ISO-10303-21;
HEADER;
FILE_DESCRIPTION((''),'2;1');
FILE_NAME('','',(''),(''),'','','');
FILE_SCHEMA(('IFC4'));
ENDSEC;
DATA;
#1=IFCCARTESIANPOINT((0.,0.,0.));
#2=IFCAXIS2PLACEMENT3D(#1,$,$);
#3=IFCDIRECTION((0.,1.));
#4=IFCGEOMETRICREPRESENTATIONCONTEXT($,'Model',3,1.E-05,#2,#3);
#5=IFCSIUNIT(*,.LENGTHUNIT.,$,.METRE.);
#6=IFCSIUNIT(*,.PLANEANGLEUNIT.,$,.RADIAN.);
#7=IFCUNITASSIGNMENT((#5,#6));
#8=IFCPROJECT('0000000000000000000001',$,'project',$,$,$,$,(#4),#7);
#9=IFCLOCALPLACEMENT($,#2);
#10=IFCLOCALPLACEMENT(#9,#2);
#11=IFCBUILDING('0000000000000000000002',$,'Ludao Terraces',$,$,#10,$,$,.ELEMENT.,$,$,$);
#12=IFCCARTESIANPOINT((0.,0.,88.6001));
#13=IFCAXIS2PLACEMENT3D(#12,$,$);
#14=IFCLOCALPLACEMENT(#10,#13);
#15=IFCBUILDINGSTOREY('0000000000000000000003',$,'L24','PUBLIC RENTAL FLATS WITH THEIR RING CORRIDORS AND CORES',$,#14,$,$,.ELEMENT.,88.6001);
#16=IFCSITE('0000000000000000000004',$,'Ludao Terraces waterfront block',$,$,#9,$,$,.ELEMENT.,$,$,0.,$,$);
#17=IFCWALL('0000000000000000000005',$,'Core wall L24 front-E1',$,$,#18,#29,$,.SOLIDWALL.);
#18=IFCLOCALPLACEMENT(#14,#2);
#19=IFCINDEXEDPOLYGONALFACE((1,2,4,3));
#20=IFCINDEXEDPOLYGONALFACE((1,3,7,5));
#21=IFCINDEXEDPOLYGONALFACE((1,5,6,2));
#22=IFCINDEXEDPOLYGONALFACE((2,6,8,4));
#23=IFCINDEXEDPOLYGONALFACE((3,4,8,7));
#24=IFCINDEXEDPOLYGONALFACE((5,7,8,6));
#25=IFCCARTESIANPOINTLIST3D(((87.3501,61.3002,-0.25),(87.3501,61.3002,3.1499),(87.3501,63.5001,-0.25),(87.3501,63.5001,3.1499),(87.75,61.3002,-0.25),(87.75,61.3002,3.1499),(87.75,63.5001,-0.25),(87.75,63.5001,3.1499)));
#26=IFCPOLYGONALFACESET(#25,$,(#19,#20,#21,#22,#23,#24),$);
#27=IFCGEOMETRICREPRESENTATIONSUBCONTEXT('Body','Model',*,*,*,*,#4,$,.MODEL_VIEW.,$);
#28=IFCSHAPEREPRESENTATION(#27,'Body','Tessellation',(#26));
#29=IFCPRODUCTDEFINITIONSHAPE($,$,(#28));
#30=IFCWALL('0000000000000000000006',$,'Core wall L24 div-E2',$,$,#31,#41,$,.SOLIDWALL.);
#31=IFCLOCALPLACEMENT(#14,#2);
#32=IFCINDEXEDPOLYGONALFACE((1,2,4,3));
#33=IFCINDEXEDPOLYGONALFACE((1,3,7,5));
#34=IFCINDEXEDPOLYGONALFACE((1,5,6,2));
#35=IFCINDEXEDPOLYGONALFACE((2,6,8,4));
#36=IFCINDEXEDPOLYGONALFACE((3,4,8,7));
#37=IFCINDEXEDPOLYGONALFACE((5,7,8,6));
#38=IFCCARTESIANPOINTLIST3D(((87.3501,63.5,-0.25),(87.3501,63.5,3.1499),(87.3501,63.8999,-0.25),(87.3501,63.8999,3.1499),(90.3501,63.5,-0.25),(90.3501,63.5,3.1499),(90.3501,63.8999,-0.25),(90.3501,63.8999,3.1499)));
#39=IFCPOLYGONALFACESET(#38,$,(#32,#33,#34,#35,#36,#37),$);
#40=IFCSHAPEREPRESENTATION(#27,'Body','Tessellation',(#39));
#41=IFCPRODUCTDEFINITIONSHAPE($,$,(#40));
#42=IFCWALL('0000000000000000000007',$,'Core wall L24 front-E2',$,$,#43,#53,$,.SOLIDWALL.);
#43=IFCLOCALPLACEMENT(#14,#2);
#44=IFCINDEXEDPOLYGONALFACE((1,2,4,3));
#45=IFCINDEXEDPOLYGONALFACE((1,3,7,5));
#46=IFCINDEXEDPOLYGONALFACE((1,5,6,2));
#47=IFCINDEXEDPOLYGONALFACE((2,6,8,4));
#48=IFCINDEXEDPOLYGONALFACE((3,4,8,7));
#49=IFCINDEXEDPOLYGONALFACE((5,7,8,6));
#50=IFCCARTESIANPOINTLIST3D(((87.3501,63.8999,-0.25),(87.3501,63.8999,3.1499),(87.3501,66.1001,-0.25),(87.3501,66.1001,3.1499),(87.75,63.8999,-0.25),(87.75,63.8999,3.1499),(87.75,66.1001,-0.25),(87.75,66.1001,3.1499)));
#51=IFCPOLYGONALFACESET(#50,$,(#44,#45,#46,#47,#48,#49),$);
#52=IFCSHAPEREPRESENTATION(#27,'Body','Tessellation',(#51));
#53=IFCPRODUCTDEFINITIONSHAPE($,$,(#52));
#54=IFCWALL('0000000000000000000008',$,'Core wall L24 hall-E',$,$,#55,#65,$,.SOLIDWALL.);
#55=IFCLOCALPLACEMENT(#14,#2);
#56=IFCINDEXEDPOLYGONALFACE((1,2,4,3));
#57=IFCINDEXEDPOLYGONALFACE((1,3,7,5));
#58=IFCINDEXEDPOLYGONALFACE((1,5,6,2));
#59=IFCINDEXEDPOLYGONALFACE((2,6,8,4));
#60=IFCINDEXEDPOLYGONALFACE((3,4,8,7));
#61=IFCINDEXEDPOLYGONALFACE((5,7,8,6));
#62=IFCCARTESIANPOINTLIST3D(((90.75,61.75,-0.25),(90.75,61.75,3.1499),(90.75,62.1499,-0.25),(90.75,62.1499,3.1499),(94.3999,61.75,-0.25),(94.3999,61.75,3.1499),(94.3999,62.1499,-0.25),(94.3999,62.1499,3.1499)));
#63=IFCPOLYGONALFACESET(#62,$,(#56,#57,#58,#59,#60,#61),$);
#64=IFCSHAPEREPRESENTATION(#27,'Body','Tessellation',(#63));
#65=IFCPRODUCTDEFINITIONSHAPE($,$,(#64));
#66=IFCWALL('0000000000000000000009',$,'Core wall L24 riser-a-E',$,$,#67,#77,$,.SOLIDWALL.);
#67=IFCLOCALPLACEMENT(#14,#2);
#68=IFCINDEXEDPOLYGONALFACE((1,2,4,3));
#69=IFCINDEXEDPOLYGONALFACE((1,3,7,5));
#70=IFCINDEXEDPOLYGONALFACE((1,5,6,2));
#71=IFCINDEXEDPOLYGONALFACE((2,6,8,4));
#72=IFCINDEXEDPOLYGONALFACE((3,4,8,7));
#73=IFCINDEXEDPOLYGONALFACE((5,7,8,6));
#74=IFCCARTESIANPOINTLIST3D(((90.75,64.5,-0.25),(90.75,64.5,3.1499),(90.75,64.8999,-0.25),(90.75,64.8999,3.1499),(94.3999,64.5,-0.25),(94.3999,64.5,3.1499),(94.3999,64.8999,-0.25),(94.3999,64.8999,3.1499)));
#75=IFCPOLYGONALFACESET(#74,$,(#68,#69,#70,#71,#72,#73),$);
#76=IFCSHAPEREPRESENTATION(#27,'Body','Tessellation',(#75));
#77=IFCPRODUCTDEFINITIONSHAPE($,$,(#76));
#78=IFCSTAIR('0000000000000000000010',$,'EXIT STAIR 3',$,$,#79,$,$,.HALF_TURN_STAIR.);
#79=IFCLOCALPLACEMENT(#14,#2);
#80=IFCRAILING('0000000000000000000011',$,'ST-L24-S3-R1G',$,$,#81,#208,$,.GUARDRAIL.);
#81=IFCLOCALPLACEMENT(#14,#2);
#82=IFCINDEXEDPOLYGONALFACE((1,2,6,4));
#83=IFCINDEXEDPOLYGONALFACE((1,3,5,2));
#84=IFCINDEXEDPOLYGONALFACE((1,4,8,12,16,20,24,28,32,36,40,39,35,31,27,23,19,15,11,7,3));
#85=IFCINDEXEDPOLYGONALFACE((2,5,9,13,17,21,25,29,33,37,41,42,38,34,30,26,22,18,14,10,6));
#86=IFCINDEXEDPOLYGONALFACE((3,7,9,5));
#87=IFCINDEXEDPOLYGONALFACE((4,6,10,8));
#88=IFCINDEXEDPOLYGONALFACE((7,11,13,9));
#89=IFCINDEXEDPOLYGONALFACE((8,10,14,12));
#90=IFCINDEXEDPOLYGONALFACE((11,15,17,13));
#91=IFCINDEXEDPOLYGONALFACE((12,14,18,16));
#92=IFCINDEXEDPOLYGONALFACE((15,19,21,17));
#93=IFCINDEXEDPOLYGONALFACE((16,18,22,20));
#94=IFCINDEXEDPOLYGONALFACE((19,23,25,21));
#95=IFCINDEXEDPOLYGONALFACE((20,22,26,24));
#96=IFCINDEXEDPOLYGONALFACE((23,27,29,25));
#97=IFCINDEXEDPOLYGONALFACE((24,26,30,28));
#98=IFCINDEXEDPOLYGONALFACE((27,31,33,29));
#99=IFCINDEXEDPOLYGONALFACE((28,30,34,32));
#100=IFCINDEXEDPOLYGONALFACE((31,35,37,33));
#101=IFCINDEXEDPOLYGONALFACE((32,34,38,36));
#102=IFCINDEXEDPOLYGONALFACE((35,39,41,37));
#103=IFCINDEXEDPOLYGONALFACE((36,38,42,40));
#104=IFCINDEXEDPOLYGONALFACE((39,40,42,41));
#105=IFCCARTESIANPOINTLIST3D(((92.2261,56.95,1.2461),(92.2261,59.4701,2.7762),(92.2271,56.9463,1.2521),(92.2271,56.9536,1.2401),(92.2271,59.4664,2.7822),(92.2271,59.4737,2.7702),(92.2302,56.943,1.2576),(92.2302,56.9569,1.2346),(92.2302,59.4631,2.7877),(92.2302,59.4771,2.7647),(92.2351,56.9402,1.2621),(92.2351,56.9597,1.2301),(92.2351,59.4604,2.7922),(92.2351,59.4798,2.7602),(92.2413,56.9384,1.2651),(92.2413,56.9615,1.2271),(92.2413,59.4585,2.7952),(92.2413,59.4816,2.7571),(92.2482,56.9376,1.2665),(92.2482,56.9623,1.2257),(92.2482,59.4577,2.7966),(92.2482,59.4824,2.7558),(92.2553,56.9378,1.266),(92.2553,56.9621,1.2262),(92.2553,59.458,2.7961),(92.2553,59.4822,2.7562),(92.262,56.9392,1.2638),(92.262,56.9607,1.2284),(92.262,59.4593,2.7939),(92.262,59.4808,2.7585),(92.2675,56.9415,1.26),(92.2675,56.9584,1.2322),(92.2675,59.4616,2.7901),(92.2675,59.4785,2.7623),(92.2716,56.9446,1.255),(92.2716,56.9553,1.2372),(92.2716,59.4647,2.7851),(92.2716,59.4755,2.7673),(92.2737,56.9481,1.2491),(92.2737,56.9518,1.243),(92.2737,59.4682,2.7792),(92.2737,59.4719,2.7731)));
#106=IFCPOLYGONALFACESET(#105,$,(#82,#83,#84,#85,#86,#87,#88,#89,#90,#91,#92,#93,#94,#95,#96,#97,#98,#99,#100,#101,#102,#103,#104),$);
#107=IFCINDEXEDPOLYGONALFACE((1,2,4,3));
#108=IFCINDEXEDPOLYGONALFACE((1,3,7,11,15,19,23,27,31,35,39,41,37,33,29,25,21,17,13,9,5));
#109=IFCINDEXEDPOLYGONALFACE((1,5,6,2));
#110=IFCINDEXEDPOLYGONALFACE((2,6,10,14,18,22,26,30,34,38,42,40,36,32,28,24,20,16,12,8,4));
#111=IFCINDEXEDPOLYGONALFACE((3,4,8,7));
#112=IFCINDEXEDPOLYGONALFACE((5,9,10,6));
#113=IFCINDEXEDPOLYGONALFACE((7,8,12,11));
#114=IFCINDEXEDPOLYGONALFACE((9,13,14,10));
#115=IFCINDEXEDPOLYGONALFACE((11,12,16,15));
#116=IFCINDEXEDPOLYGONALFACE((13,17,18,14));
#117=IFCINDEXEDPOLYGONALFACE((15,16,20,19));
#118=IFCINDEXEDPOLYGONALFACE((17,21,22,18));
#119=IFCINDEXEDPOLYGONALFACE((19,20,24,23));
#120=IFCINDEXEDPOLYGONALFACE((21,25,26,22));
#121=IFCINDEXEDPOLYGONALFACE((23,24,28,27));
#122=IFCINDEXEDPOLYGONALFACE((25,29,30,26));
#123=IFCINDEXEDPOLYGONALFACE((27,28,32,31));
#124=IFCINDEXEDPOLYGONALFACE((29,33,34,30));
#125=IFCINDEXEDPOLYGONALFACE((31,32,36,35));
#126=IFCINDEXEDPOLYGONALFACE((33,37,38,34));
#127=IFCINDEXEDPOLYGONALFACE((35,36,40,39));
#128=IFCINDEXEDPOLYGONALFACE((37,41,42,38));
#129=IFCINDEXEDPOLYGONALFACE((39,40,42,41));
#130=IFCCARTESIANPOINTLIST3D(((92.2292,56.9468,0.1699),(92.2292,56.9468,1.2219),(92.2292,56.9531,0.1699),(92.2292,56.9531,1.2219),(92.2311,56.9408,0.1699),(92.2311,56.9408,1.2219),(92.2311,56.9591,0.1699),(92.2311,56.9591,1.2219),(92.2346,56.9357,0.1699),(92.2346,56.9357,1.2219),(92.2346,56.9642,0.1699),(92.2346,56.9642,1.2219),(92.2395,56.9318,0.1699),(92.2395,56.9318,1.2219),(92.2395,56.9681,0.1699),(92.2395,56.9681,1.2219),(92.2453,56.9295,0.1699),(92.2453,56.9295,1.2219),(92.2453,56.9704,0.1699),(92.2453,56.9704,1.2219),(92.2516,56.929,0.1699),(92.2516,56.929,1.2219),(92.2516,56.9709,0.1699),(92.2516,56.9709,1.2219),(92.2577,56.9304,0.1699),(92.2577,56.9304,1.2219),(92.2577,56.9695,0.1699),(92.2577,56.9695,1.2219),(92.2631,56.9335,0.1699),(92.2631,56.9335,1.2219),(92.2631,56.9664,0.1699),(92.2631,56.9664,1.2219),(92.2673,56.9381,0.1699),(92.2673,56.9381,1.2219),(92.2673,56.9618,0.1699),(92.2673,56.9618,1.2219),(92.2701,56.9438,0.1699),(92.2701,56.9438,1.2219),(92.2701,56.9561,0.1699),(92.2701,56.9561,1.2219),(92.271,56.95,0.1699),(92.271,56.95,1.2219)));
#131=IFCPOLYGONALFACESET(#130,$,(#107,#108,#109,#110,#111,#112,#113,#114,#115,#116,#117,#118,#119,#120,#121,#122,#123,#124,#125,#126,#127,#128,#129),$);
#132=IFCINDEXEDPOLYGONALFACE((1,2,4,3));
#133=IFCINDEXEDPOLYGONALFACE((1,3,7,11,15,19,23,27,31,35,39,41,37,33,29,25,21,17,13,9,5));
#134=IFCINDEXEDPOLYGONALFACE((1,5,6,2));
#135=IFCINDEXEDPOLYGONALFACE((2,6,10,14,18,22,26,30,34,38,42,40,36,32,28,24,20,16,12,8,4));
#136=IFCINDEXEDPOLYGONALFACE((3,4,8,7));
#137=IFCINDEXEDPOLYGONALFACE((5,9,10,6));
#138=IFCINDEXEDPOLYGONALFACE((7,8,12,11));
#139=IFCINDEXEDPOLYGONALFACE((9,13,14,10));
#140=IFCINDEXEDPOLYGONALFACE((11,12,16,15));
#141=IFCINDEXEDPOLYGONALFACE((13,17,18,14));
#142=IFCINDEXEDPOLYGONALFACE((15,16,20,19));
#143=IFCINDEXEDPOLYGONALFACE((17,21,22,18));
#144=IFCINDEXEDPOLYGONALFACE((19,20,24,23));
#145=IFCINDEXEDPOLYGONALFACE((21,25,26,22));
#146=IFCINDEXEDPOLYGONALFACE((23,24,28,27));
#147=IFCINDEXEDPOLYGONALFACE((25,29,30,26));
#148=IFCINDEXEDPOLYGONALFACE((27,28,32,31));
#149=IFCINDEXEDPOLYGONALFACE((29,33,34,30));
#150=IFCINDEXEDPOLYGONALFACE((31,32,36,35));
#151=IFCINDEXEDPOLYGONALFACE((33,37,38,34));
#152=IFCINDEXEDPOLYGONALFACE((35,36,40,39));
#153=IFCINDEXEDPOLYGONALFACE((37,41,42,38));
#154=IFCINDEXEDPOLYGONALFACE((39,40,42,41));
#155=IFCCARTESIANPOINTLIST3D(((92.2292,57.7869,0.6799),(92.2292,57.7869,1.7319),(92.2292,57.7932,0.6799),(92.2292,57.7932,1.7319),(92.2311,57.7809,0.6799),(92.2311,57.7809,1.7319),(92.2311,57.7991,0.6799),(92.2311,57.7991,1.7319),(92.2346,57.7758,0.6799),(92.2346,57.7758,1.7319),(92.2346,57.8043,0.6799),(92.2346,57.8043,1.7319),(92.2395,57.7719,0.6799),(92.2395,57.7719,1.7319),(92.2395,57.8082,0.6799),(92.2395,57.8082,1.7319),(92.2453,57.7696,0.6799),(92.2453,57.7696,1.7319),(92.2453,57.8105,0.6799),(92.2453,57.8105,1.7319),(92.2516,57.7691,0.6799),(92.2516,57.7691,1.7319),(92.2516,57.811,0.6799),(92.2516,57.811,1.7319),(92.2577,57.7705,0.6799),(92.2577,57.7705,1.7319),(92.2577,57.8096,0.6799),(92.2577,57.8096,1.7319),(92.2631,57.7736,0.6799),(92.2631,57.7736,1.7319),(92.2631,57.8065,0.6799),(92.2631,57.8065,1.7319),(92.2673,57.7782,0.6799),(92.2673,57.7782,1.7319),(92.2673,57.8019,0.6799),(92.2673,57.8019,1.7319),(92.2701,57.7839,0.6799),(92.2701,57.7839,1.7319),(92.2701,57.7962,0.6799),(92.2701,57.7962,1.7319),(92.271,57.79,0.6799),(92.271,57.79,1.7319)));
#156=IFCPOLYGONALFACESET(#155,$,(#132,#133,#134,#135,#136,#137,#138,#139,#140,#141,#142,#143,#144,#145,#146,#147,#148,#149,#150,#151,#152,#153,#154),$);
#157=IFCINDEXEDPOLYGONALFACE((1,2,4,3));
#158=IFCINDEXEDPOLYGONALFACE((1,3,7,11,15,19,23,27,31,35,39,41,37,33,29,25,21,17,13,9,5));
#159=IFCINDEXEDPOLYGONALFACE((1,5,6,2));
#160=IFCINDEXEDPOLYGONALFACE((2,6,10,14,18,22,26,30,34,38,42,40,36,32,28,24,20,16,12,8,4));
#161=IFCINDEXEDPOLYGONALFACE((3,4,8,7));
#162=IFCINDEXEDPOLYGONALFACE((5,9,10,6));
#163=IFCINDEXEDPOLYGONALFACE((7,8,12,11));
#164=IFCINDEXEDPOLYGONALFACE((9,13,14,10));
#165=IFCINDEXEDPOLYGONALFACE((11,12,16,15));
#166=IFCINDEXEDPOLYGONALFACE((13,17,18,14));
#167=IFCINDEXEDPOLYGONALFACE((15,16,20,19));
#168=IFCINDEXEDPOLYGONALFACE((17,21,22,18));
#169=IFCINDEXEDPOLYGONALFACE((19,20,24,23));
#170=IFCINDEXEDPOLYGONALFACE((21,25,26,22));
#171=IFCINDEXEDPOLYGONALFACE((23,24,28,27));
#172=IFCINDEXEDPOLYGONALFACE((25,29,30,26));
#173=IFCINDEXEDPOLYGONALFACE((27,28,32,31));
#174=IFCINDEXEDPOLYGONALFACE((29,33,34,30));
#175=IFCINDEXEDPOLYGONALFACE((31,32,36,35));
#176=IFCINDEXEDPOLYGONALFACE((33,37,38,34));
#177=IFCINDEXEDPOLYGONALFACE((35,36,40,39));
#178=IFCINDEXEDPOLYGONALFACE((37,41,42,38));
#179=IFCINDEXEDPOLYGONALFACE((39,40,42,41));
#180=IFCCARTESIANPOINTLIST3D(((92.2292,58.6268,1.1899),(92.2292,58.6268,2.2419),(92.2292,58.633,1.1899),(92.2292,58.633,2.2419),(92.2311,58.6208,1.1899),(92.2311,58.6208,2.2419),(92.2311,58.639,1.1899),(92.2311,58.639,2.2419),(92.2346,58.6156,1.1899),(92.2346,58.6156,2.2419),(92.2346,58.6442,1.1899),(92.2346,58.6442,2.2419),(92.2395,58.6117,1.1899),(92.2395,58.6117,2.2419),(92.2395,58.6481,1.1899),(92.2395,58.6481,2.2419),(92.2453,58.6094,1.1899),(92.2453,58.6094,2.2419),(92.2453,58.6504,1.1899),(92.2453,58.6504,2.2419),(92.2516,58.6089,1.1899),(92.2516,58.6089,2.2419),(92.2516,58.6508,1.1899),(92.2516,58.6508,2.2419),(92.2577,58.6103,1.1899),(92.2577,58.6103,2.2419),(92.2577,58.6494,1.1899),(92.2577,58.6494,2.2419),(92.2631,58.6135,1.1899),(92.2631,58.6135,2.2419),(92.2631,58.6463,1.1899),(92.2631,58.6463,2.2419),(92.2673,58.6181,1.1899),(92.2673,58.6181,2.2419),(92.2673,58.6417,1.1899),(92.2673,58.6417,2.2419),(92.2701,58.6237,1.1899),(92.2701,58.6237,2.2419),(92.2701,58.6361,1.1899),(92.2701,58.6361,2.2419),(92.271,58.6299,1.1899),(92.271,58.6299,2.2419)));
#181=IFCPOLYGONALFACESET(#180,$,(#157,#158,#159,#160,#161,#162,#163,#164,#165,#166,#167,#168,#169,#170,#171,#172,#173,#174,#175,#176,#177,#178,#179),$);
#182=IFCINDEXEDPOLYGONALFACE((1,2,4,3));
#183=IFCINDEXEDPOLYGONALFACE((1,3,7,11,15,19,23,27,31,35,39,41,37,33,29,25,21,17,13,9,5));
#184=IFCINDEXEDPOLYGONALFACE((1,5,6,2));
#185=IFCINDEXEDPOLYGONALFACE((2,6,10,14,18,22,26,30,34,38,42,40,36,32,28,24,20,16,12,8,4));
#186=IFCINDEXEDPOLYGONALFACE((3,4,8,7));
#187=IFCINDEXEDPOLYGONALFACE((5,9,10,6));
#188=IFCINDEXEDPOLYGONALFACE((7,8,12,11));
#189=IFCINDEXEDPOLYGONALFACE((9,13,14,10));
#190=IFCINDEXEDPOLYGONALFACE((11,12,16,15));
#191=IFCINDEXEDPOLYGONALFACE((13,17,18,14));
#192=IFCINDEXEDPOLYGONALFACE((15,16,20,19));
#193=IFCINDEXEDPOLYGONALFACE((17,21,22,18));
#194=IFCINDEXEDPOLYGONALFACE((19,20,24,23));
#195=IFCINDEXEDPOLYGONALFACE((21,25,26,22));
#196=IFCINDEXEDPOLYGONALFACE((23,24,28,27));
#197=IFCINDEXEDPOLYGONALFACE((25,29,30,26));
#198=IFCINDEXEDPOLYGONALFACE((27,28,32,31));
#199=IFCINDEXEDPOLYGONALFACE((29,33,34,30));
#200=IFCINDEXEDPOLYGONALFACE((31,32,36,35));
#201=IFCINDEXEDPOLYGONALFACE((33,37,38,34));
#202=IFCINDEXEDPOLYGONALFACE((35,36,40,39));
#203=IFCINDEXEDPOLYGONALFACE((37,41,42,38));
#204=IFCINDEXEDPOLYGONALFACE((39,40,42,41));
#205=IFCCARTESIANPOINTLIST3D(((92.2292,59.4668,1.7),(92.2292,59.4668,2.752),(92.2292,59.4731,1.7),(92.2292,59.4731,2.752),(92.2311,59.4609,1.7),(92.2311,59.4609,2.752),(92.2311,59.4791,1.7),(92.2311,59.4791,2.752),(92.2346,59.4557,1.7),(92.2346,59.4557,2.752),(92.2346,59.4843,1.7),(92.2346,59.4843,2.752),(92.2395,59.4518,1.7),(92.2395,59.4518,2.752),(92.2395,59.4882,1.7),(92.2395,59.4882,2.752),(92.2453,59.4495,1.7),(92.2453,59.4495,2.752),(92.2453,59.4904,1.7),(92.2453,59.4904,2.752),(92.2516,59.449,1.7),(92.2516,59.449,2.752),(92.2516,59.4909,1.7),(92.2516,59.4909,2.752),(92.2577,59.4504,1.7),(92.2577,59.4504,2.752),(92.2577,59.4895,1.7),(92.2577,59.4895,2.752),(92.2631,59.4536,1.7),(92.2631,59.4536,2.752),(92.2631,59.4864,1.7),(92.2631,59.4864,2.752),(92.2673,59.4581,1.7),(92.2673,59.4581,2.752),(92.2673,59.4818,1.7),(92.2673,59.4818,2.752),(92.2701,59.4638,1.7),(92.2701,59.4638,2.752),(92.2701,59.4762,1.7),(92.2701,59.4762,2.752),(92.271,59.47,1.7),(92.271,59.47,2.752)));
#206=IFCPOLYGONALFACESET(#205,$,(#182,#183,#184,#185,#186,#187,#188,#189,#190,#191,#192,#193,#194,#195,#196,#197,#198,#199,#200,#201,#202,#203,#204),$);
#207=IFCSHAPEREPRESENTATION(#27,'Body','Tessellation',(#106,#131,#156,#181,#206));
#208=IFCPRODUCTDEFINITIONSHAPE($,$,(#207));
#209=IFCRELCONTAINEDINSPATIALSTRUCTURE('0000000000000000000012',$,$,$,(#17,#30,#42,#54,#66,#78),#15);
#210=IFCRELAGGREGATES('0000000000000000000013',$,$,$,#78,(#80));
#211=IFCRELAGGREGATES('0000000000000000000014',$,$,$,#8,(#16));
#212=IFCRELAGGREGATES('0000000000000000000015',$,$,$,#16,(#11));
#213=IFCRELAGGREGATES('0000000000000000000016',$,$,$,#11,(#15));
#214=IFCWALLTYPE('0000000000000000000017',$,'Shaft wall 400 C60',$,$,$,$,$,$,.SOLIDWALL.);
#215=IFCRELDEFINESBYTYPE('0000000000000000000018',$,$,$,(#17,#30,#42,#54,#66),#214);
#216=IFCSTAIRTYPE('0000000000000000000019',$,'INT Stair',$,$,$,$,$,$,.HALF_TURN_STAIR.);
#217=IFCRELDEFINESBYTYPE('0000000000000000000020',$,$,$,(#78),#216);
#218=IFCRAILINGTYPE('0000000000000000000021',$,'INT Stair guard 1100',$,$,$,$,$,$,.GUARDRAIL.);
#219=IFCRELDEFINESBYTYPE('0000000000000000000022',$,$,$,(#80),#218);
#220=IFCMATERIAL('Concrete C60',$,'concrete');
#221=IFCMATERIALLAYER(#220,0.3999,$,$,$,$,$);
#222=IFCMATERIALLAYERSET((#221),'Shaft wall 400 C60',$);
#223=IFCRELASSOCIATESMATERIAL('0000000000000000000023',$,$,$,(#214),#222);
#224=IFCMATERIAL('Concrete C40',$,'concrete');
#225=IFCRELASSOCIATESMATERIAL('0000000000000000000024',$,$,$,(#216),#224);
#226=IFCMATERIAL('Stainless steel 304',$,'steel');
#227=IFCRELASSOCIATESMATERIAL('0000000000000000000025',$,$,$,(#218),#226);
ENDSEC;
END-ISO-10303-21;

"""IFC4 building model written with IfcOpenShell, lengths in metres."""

from ifc_helpers import new_model, si_unit, direction, frame, frame_2d, origin, origin_2d, place, context, subcontext, project, spatial, rectangle, circle, extrude, material, layer, layer_set, type_object, element, aggregate, save


model = new_model("IFC4")

# Units and contexts
model_context = context("Model", 3, precision=1e-05, world=origin(), true_north=direction((0.0, 1.0)))
body_context = subcontext(model_context, "Body", "Model", "MODEL_VIEW")
ifc_project = project(units=[si_unit("LENGTHUNIT", "METRE"), si_unit("PLANEANGLEUNIT", "RADIAN")], contexts=[model_context])

# Site, building, storey
site_placement = place(None, origin())
site = spatial("IfcSite", under=ifc_project, at=site_placement, Name="Ludao Terraces waterfront block", CompositionType="ELEMENT", RefElevation=0.0)
building_placement = place(site_placement, origin())
building = spatial("IfcBuilding", under=site, at=building_placement, Name="Ludao Terraces", CompositionType="ELEMENT")
storey_placement = place(building_placement, frame((0.0, 0.0, 88.6001)))
storey = spatial("IfcBuildingStorey", under=building, at=storey_placement, Name="L24", Description="PUBLIC RENTAL FLATS WITH THEIR RING CORRIDORS AND CORES", CompositionType="ELEMENT", Elevation=88.6001)

# Shared definitions
ifc_material_1 = material(Name="Concrete C40", Category="concrete")

# Walls
ifc_material_2 = material(Name="Concrete C60", Category="concrete")
ifc_layer_1 = layer(ifc_material_2, 0.3999)
ifc_layer_set_1 = layer_set([ifc_layer_1], Name="Shaft wall 400 C60")
wall_type_1 = type_object("IfcWallType", Name="Shaft wall 400 C60", PredefinedType="SOLIDWALL", material=ifc_layer_set_1)
wall_1_placement = place(storey_placement, frame((87.55, 61.3, -0.25), z_axis=(0.0, 0.0, 1.0), x_axis=(0.0, 1.0, 0.0)))
element("IfcWall", 1, at=wall_1_placement, inside=storey, type_object=wall_type_1, Name="Core wall L24 front-E1", PredefinedType="SOLIDWALL", context=body_context, shape_type="SweptSolid", body=[
    extrude(rectangle(XDim=2.2, YDim=0.3999, at=frame_2d((1.1001, 0.0))), origin(), (0.0, 0.0, 1.0), 3.3999),
])
wall_2_placement = place(storey_placement, frame((87.3501, 63.7, -0.25), z_axis=(0.0, 0.0, 1.0), x_axis=(1.0, 0.0, 0.0)))
element("IfcWall", 2, at=wall_2_placement, inside=storey, type_object=wall_type_1, Name="Core wall L24 div-E2", PredefinedType="SOLIDWALL", context=body_context, shape_type="SweptSolid", body=[
    extrude(rectangle(XDim=3.0, YDim=0.3999, at=frame_2d((1.5, 0.0))), origin(), (0.0, 0.0, 1.0), 3.3999),
])
wall_3_placement = place(storey_placement, frame((87.55, 63.8999, -0.25), z_axis=(0.0, 0.0, 1.0), x_axis=(0.0, 1.0, 0.0)))
element("IfcWall", 3, at=wall_3_placement, inside=storey, type_object=wall_type_1, Name="Core wall L24 front-E2", PredefinedType="SOLIDWALL", context=body_context, shape_type="SweptSolid", body=[
    extrude(rectangle(XDim=2.2002, YDim=0.3999, at=frame_2d((1.1001, 0.0))), origin(), (0.0, 0.0, 1.0), 3.3999),
])
for number, where, z_axis, x_axis, name in (
    (4, (90.75, 61.95, -0.25), (0.0, 0.0, 1.0), (1.0, 0.0, 0.0), "Core wall L24 hall-E"),
    (5, (90.75, 64.7, -0.25), (0.0, 0.0, 1.0), (1.0, 0.0, 0.0), "Core wall L24 riser-a-E"),
):
    element("IfcWall", number, at=place(storey_placement, frame(where, z_axis=z_axis, x_axis=x_axis)), inside=storey, type_object=wall_type_1, Name=name, PredefinedType="SOLIDWALL", context=body_context, shape_type="SweptSolid", body=[
        extrude(rectangle(XDim=3.6499, YDim=0.3999, at=frame_2d((1.825, 0.0))), origin(), (0.0, 0.0, 1.0), 3.3999),
    ])

# Stair, railing
stair_type = type_object("IfcStairType", Name="INT Stair", PredefinedType="HALF_TURN_STAIR", material=ifc_material_1)
stair_placement = place(storey_placement, origin())
stair = element("IfcStair", 6, at=stair_placement, inside=storey, type_object=stair_type, Name="EXIT STAIR 3", PredefinedType="HALF_TURN_STAIR")
ifc_material_3 = material(Name="Stainless steel 304", Category="steel")
railing_type_1 = type_object("IfcRailingType", Name="INT Stair guard 1100", PredefinedType="GUARDRAIL", material=ifc_material_3)
railing_1_placement = place(storey_placement, frame((92.25, 56.95, 0.1699)))
railing_1 = element("IfcRailing", 7, at=railing_1_placement, type_object=railing_type_1, Name="ST-L24-S3-R1G", PredefinedType="GUARDRAIL", context=body_context, shape_type="SweptSolid", body=[
    extrude(circle(Radius=0.0239, at=origin_2d()), frame((0.0, 0.0, 1.0762), z_axis=(0.0, 0.854785, 0.518982), x_axis=(-1.0, 0.0, 0.0)), (0.0, 0.0, 1.0), 2.9482),
    extrude(circle(Radius=0.021, at=origin_2d()), origin(), (0.0, 0.0, 1.0), 1.052),
    extrude(circle(Radius=0.021, at=origin_2d()), frame((0.0, 0.8401, 0.51)), (0.0, 0.0, 1.0), 1.052),
    extrude(circle(Radius=0.021, at=origin_2d()), frame((0.0, 1.6799, 1.02)), (0.0, 0.0, 1.0), 1.052),
    extrude(circle(Radius=0.021, at=origin_2d()), frame((0.0, 2.52, 1.53)), (0.0, 0.0, 1.0), 1.052),
])
aggregate(stair, [railing_1])

save(model, "model.ifc")
